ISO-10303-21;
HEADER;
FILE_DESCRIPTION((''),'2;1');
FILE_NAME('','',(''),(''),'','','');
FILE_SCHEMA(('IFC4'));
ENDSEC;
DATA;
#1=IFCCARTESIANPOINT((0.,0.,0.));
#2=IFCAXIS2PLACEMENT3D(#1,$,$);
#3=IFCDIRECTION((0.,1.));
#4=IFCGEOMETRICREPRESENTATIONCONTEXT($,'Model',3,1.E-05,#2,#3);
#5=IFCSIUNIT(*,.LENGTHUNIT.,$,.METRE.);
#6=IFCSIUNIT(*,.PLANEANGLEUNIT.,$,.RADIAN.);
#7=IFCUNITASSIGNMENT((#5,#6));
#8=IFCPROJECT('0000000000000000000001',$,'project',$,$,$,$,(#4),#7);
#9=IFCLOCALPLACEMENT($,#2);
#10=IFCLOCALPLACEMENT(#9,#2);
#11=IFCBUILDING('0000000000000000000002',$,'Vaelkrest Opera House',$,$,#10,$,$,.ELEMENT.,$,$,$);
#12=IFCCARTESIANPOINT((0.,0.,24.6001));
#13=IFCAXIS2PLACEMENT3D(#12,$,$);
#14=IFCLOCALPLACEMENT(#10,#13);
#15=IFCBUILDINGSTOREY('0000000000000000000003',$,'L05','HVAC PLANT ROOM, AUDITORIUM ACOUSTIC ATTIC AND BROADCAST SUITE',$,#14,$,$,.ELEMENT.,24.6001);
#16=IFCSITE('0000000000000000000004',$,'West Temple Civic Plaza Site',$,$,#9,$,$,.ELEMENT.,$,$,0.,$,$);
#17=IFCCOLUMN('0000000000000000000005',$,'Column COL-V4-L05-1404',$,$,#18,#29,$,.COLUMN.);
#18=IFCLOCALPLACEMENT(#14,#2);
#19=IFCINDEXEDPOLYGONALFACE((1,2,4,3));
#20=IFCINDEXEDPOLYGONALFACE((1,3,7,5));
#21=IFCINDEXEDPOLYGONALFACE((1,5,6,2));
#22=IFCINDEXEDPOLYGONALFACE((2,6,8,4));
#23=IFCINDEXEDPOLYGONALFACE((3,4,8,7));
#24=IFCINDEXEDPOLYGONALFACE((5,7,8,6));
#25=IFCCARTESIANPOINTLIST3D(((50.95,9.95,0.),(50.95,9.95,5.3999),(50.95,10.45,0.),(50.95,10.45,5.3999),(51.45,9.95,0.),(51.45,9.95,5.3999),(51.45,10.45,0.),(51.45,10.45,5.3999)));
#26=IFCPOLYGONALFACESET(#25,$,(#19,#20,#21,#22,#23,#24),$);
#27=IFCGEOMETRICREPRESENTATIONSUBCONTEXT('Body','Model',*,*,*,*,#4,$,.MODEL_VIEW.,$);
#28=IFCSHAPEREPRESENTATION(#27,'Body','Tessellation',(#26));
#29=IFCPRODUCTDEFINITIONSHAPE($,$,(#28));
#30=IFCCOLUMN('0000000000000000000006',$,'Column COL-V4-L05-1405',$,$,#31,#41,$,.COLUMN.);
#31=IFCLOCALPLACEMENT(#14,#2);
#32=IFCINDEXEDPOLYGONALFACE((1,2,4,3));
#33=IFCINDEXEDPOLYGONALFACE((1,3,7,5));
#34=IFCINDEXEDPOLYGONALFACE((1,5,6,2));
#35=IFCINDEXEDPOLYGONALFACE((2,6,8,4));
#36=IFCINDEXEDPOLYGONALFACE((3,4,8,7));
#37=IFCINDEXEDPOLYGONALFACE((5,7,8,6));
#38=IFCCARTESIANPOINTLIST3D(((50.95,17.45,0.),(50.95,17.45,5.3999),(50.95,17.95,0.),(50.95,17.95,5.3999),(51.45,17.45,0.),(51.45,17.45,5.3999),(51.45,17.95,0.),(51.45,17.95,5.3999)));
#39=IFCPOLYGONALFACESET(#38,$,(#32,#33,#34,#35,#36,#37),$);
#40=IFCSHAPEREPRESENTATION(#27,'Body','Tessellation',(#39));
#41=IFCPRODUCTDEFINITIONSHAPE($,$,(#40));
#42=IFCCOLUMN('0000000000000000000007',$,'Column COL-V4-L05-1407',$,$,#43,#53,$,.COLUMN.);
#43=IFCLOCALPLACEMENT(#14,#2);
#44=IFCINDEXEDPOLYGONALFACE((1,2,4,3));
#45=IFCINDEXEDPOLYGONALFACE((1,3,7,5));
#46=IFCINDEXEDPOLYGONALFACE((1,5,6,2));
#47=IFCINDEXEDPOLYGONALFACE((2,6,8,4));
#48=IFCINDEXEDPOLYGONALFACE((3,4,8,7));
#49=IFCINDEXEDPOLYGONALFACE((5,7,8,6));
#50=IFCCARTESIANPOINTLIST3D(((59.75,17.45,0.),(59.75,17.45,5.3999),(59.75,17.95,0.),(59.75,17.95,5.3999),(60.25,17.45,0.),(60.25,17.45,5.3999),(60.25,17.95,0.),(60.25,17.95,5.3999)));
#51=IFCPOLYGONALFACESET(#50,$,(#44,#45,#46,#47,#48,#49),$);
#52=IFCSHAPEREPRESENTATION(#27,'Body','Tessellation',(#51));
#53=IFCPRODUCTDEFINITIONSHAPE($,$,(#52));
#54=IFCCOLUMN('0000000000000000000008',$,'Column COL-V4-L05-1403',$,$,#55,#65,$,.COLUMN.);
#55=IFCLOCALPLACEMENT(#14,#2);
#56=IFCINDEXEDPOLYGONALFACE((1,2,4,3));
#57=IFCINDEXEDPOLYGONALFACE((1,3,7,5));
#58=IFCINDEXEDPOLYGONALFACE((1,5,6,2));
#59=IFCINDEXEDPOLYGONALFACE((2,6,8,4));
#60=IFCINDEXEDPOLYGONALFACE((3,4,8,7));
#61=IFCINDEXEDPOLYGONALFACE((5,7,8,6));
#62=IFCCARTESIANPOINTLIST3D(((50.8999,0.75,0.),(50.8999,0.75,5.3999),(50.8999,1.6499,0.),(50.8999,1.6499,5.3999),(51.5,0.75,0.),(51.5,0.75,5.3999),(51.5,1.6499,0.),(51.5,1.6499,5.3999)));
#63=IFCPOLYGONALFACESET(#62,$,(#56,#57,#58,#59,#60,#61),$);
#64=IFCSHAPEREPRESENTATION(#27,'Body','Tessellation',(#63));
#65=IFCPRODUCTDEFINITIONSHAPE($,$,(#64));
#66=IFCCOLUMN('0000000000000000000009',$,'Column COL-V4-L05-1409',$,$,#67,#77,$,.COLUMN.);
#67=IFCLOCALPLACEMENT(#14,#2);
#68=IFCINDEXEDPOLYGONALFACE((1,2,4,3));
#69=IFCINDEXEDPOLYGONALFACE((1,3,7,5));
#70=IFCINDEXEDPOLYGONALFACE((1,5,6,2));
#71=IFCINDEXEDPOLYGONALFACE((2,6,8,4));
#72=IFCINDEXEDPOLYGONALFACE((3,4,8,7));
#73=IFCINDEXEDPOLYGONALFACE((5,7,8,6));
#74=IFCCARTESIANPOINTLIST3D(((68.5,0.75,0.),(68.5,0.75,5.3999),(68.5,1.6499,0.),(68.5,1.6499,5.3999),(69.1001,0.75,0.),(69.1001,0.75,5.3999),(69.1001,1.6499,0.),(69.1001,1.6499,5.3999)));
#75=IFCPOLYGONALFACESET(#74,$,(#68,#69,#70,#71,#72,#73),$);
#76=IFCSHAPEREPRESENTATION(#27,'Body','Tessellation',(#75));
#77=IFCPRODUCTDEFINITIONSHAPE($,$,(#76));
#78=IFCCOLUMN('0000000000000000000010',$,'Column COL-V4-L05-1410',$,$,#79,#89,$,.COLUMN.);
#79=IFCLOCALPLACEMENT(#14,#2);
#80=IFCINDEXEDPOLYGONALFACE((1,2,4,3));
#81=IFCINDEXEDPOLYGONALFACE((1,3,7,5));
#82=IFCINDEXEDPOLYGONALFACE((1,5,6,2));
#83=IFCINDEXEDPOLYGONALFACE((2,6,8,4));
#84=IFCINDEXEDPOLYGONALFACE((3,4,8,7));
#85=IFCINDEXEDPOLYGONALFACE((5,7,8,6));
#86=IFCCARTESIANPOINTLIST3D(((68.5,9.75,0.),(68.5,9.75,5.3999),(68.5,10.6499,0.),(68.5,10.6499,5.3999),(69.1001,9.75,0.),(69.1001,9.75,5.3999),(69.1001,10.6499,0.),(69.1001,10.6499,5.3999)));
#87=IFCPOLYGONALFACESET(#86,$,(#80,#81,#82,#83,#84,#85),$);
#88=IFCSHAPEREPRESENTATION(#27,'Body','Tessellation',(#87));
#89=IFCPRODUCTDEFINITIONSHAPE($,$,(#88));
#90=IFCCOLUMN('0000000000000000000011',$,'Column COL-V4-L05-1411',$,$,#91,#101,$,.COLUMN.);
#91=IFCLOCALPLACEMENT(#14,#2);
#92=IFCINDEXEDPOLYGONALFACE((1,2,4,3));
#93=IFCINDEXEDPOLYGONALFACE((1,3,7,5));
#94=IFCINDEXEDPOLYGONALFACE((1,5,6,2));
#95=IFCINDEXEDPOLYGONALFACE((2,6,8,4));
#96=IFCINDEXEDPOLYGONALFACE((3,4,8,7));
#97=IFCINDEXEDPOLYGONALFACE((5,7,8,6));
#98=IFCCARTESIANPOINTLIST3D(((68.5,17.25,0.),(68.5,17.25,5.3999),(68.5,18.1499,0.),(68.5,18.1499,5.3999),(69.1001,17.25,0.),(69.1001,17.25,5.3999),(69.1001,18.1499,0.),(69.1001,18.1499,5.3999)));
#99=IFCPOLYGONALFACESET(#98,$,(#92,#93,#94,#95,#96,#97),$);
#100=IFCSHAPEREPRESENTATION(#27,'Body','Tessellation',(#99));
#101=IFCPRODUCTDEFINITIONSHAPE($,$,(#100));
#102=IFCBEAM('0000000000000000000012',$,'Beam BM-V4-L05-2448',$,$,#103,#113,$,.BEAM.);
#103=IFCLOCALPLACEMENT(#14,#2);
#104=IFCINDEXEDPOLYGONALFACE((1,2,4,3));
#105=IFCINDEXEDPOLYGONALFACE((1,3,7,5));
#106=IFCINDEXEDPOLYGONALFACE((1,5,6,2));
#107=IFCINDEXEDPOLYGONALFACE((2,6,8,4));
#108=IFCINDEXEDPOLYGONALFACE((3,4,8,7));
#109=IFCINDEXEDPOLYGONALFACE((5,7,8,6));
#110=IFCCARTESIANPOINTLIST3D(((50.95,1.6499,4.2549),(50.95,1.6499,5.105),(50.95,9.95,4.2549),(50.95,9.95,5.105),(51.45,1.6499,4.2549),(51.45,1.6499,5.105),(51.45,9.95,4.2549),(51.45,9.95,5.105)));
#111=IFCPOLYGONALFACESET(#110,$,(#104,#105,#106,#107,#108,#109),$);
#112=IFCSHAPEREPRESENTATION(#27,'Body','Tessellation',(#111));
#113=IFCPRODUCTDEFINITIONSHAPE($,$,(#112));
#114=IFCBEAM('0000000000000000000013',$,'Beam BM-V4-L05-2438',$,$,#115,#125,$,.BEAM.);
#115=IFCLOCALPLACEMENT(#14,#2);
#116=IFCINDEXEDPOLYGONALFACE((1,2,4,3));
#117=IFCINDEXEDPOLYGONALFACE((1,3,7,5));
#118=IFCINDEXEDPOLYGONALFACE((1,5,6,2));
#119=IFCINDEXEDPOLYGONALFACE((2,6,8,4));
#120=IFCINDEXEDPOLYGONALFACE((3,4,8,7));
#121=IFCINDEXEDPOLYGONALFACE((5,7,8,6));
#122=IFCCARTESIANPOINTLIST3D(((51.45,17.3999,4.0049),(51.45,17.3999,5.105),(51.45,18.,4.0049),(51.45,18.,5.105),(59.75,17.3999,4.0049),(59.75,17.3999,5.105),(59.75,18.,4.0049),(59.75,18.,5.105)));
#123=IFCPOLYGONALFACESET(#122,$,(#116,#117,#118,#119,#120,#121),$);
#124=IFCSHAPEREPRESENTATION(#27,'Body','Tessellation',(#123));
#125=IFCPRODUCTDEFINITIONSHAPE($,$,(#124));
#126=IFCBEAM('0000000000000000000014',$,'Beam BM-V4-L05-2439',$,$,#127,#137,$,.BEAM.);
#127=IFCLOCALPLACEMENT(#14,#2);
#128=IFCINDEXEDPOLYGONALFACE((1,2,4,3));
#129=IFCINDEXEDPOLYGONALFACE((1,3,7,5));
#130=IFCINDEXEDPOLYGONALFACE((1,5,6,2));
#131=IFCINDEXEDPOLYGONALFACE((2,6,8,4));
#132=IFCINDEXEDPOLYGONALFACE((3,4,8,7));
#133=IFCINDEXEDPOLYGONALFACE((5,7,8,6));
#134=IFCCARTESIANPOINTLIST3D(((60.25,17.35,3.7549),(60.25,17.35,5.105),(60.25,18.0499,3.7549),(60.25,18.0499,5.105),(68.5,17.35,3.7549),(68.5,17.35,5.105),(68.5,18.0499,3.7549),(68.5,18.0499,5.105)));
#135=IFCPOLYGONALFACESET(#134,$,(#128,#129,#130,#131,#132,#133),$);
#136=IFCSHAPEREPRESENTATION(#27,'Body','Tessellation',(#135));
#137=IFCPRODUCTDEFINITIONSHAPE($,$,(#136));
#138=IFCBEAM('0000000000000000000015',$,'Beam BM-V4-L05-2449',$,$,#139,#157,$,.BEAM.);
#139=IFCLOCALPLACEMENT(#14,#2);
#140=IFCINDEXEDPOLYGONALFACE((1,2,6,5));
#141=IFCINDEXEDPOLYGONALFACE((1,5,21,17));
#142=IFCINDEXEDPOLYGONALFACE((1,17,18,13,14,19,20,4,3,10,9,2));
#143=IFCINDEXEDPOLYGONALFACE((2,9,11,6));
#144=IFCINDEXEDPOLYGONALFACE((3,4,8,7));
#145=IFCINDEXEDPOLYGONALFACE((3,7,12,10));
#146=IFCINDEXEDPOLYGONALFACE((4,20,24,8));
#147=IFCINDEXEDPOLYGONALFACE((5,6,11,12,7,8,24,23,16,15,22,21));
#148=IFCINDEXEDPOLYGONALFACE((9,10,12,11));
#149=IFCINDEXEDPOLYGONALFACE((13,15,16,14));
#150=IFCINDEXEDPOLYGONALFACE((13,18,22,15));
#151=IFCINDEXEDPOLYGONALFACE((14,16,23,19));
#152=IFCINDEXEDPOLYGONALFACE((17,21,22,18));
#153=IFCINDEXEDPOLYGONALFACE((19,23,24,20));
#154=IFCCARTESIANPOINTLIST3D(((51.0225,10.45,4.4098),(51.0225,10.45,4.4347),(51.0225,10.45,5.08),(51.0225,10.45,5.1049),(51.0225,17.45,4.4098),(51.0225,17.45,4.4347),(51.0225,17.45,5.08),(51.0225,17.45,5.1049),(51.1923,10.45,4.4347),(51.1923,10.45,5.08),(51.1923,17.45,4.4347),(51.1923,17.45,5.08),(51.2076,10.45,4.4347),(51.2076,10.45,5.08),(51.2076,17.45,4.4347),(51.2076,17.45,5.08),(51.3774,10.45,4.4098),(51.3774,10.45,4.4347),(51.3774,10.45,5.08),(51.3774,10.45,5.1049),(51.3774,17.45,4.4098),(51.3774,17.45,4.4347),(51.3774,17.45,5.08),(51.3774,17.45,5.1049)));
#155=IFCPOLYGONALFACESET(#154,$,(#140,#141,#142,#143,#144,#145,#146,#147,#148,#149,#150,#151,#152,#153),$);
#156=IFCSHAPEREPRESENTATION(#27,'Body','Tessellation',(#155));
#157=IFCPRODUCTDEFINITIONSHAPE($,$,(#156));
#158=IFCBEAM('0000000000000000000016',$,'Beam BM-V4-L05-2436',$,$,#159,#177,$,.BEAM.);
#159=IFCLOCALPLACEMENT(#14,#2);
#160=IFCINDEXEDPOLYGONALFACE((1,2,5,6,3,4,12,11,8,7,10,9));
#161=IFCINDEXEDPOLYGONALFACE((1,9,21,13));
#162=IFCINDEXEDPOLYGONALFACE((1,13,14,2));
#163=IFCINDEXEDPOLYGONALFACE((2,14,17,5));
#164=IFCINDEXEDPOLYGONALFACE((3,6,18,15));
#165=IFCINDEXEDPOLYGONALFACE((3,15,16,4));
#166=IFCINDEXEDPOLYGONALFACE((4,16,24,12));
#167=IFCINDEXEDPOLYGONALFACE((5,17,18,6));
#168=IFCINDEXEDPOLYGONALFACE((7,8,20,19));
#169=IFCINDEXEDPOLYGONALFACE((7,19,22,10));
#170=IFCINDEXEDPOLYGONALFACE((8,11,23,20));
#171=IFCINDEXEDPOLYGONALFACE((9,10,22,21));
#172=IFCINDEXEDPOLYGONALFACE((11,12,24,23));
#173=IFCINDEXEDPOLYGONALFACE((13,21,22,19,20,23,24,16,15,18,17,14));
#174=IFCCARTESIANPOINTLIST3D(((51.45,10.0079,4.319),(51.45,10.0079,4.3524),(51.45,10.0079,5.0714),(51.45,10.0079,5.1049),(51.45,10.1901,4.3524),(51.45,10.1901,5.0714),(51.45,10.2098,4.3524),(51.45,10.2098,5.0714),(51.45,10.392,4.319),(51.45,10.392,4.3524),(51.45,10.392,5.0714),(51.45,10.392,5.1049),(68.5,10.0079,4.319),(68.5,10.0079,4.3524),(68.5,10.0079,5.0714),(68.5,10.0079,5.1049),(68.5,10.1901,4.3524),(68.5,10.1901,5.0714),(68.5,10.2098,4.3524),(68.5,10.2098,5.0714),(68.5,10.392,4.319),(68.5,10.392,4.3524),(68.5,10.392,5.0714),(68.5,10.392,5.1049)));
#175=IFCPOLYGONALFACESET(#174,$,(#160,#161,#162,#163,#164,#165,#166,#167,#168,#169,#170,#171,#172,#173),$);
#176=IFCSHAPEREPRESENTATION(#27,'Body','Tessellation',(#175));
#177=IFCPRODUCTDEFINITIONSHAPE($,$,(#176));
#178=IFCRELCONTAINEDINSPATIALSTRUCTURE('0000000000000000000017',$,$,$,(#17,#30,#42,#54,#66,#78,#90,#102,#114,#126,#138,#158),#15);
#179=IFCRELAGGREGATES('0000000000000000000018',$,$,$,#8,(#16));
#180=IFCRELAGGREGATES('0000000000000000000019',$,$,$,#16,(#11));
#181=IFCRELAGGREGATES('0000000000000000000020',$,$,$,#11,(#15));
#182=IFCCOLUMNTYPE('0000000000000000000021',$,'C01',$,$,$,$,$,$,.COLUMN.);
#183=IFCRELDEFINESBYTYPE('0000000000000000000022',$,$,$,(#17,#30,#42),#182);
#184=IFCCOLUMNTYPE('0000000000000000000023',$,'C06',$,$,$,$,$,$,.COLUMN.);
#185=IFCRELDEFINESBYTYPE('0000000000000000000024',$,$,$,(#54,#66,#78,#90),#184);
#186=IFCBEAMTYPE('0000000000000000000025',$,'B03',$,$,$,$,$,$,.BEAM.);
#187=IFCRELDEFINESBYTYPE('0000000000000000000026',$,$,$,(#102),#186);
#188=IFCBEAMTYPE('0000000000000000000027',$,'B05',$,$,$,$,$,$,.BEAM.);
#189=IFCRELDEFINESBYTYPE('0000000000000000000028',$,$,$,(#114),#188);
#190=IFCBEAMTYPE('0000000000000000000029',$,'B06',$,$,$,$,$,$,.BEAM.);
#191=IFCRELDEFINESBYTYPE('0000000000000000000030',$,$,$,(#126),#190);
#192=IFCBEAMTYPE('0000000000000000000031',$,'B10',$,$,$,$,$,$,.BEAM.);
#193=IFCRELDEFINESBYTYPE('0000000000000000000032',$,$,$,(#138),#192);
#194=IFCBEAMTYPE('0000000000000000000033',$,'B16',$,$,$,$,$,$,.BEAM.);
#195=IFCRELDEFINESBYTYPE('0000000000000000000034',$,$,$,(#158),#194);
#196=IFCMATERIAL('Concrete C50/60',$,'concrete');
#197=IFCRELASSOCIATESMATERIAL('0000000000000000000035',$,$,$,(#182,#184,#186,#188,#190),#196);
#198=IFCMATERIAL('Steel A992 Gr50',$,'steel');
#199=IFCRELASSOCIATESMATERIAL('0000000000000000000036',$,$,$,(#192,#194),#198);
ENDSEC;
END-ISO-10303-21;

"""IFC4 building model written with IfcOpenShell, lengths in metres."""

from ifc_helpers import new_model, si_unit, direction, frame, origin, origin_2d, place, context, subcontext, project, spatial, rectangle, i_section, extrude, material, material_profile, profile_set, type_object, element, save


model = new_model("IFC4")

# Units and contexts
model_context = context("Model", 3, precision=1e-05, world=origin(), true_north=direction((0.0, 1.0)))
body_context = subcontext(model_context, "Body", "Model", "MODEL_VIEW")
ifc_project = project(units=[si_unit("LENGTHUNIT", "METRE"), si_unit("PLANEANGLEUNIT", "RADIAN")], contexts=[model_context])

# Site, building, storey
site_placement = place(None, origin())
site = spatial("IfcSite", under=ifc_project, at=site_placement, Name="West Temple Civic Plaza Site", CompositionType="ELEMENT", RefElevation=0.0)
building_placement = place(site_placement, origin())
building = spatial("IfcBuilding", under=site, at=building_placement, Name="Vaelkrest Opera House", CompositionType="ELEMENT")
storey_placement = place(building_placement, frame((0.0, 0.0, 24.6001)))
storey = spatial("IfcBuildingStorey", under=building, at=storey_placement, Name="L05", Description="HVAC PLANT ROOM, AUDITORIUM ACOUSTIC ATTIC AND BROADCAST SUITE", CompositionType="ELEMENT", Elevation=24.6001)

# Columns
ifc_material_1 = material(Name="Concrete C50/60", Category="concrete")
ifc_material_profile_1 = material_profile(ifc_material_1, rectangle(XDim=0.5, YDim=0.5, at=origin_2d()), Name="RC500X500")
ifc_profile_set_1 = profile_set([ifc_material_profile_1], Name="Concrete C50/60")
column_type_1 = type_object("IfcColumnType", Name="C01", PredefinedType="COLUMN", material=ifc_profile_set_1)
for number, where, z_axis, x_axis, name in (
    (1, (51.2, 10.2, 0.0), (0.0, 0.0, 1.0), (1.0, 0.0, 0.0), "Column COL-V4-L05-1404"),
    (2, (51.2, 17.7, 0.0), (0.0, 0.0, 1.0), (1.0, 0.0, 0.0), "Column COL-V4-L05-1405"),
    (3, (60.0, 17.7, 0.0), (0.0, 0.0, 1.0), (1.0, 0.0, 0.0), "Column COL-V4-L05-1407"),
):
    element("IfcColumn", number, at=place(storey_placement, frame(where, z_axis=z_axis, x_axis=x_axis)), inside=storey, type_object=column_type_1, Name=name, PredefinedType="COLUMN", context=body_context, shape_type="SweptSolid", body=[
        extrude(rectangle(XDim=0.5, YDim=0.5, at=origin_2d()), origin(), (0.0, 0.0, 1.0), 5.3999),
    ])
ifc_material_profile_2 = material_profile(ifc_material_1, rectangle(XDim=0.6001, YDim=0.8999, at=origin_2d()), Name="RC600X900")
ifc_profile_set_2 = profile_set([ifc_material_profile_2], Name="Concrete C50/60")
column_type_2 = type_object("IfcColumnType", Name="C06", PredefinedType="COLUMN", material=ifc_profile_set_2)
for number, where, z_axis, x_axis, name in (
    (4, (51.2, 1.2, 0.0), (0.0, 0.0, 1.0), (1.0, 0.0, 0.0), "Column COL-V4-L05-1403"),
    (5, (68.8, 1.2, 0.0), (0.0, 0.0, 1.0), (1.0, 0.0, 0.0), "Column COL-V4-L05-1409"),
    (6, (68.8, 10.2, 0.0), (0.0, 0.0, 1.0), (1.0, 0.0, 0.0), "Column COL-V4-L05-1410"),
    (7, (68.8, 17.7, 0.0), (0.0, 0.0, 1.0), (1.0, 0.0, 0.0), "Column COL-V4-L05-1411"),
):
    element("IfcColumn", number, at=place(storey_placement, frame(where, z_axis=z_axis, x_axis=x_axis)), inside=storey, type_object=column_type_2, Name=name, PredefinedType="COLUMN", context=body_context, shape_type="SweptSolid", body=[
        extrude(rectangle(XDim=0.6001, YDim=0.8999, at=origin_2d()), origin(), (0.0, 0.0, 1.0), 5.3999),
    ])

# Beams
ifc_material_profile_3 = material_profile(ifc_material_1, rectangle(XDim=0.5, YDim=0.8501, at=origin_2d()), Name="RCB500X850")
ifc_profile_set_3 = profile_set([ifc_material_profile_3], Name="Concrete C50/60")
beam_type_1 = type_object("IfcBeamType", Name="B03", PredefinedType="BEAM", material=ifc_profile_set_3)
beam_1_placement = place(storey_placement, frame((51.2, 1.6499, 4.6799), z_axis=(0.0, 1.0, 0.0), x_axis=(-1.0, 0.0, 0.0)))
element("IfcBeam", 8, at=beam_1_placement, inside=storey, type_object=beam_type_1, Name="Beam BM-V4-L05-2448", PredefinedType="BEAM", context=body_context, shape_type="SweptSolid", body=[
    extrude(rectangle(XDim=0.5, YDim=0.8501, at=origin_2d()), origin(), (0.0, 0.0, 1.0), 8.3),
])
ifc_material_profile_4 = material_profile(ifc_material_1, rectangle(XDim=0.6001, YDim=1.1001, at=origin_2d()), Name="RCB600X1100")
ifc_profile_set_4 = profile_set([ifc_material_profile_4], Name="Concrete C50/60")
beam_type_2 = type_object("IfcBeamType", Name="B05", PredefinedType="BEAM", material=ifc_profile_set_4)
beam_2_placement = place(storey_placement, frame((51.45, 17.7, 4.5549), z_axis=(1.0, 0.0, 0.0), x_axis=(0.0, 1.0, 0.0)))
element("IfcBeam", 9, at=beam_2_placement, inside=storey, type_object=beam_type_2, Name="Beam BM-V4-L05-2438", PredefinedType="BEAM", context=body_context, shape_type="SweptSolid", body=[
    extrude(rectangle(XDim=0.6001, YDim=1.1001, at=origin_2d()), origin(), (0.0, 0.0, 1.0), 8.3),
])
ifc_material_profile_5 = material_profile(ifc_material_1, rectangle(XDim=0.7, YDim=1.3501, at=origin_2d()), Name="RCB700X1350")
ifc_profile_set_5 = profile_set([ifc_material_profile_5], Name="Concrete C50/60")
beam_type_3 = type_object("IfcBeamType", Name="B06", PredefinedType="BEAM", material=ifc_profile_set_5)
beam_3_placement = place(storey_placement, frame((60.25, 17.7, 4.4299), z_axis=(1.0, 0.0, 0.0), x_axis=(0.0, 1.0, 0.0)))
element("IfcBeam", 10, at=beam_3_placement, inside=storey, type_object=beam_type_3, Name="Beam BM-V4-L05-2439", PredefinedType="BEAM", context=body_context, shape_type="SweptSolid", body=[
    extrude(rectangle(XDim=0.7, YDim=1.3501, at=origin_2d()), origin(), (0.0, 0.0, 1.0), 8.25),
])
ifc_material_2 = material(Name="Steel A992 Gr50", Category="steel")
ifc_material_profile_6 = material_profile(ifc_material_2, i_section(OverallWidth=0.355, OverallDepth=0.6951, WebThickness=0.0154, FlangeThickness=0.0249, at=origin_2d()), Name="W27X146")
ifc_profile_set_6 = profile_set([ifc_material_profile_6], Name="Steel A992 Gr50")
beam_type_4 = type_object("IfcBeamType", Name="B10", PredefinedType="BEAM", material=ifc_profile_set_6)
beam_4_placement = place(storey_placement, frame((51.2, 10.45, 4.7573), z_axis=(0.0, 1.0, 0.0), x_axis=(-1.0, 0.0, 0.0)))
element("IfcBeam", 11, at=beam_4_placement, inside=storey, type_object=beam_type_4, Name="Beam BM-V4-L05-2449", PredefinedType="BEAM", context=body_context, shape_type="SweptSolid", body=[
    extrude(i_section(OverallWidth=0.355, OverallDepth=0.6951, WebThickness=0.0154, FlangeThickness=0.0249, at=origin_2d()), origin(), (0.0, 0.0, 1.0), 7.0),
])
ifc_material_profile_7 = material_profile(ifc_material_2, i_section(OverallWidth=0.384, OverallDepth=0.7859, WebThickness=0.0198, FlangeThickness=0.0334, at=origin_2d()), Name="W30X211")
ifc_profile_set_7 = profile_set([ifc_material_profile_7], Name="Steel A992 Gr50")
beam_type_5 = type_object("IfcBeamType", Name="B16", PredefinedType="BEAM", material=ifc_profile_set_7)
beam_5_placement = place(storey_placement, frame((51.45, 10.2, 4.7119), z_axis=(1.0, 0.0, 0.0), x_axis=(0.0, 1.0, 0.0)))
element("IfcBeam", 12, at=beam_5_placement, inside=storey, type_object=beam_type_5, Name="Beam BM-V4-L05-2436", PredefinedType="BEAM", context=body_context, shape_type="SweptSolid", body=[
    extrude(i_section(OverallWidth=0.384, OverallDepth=0.7859, WebThickness=0.0198, FlangeThickness=0.0334, at=origin_2d()), origin(), (0.0, 0.0, 1.0), 17.05),
])

save(model, "model.ifc")
